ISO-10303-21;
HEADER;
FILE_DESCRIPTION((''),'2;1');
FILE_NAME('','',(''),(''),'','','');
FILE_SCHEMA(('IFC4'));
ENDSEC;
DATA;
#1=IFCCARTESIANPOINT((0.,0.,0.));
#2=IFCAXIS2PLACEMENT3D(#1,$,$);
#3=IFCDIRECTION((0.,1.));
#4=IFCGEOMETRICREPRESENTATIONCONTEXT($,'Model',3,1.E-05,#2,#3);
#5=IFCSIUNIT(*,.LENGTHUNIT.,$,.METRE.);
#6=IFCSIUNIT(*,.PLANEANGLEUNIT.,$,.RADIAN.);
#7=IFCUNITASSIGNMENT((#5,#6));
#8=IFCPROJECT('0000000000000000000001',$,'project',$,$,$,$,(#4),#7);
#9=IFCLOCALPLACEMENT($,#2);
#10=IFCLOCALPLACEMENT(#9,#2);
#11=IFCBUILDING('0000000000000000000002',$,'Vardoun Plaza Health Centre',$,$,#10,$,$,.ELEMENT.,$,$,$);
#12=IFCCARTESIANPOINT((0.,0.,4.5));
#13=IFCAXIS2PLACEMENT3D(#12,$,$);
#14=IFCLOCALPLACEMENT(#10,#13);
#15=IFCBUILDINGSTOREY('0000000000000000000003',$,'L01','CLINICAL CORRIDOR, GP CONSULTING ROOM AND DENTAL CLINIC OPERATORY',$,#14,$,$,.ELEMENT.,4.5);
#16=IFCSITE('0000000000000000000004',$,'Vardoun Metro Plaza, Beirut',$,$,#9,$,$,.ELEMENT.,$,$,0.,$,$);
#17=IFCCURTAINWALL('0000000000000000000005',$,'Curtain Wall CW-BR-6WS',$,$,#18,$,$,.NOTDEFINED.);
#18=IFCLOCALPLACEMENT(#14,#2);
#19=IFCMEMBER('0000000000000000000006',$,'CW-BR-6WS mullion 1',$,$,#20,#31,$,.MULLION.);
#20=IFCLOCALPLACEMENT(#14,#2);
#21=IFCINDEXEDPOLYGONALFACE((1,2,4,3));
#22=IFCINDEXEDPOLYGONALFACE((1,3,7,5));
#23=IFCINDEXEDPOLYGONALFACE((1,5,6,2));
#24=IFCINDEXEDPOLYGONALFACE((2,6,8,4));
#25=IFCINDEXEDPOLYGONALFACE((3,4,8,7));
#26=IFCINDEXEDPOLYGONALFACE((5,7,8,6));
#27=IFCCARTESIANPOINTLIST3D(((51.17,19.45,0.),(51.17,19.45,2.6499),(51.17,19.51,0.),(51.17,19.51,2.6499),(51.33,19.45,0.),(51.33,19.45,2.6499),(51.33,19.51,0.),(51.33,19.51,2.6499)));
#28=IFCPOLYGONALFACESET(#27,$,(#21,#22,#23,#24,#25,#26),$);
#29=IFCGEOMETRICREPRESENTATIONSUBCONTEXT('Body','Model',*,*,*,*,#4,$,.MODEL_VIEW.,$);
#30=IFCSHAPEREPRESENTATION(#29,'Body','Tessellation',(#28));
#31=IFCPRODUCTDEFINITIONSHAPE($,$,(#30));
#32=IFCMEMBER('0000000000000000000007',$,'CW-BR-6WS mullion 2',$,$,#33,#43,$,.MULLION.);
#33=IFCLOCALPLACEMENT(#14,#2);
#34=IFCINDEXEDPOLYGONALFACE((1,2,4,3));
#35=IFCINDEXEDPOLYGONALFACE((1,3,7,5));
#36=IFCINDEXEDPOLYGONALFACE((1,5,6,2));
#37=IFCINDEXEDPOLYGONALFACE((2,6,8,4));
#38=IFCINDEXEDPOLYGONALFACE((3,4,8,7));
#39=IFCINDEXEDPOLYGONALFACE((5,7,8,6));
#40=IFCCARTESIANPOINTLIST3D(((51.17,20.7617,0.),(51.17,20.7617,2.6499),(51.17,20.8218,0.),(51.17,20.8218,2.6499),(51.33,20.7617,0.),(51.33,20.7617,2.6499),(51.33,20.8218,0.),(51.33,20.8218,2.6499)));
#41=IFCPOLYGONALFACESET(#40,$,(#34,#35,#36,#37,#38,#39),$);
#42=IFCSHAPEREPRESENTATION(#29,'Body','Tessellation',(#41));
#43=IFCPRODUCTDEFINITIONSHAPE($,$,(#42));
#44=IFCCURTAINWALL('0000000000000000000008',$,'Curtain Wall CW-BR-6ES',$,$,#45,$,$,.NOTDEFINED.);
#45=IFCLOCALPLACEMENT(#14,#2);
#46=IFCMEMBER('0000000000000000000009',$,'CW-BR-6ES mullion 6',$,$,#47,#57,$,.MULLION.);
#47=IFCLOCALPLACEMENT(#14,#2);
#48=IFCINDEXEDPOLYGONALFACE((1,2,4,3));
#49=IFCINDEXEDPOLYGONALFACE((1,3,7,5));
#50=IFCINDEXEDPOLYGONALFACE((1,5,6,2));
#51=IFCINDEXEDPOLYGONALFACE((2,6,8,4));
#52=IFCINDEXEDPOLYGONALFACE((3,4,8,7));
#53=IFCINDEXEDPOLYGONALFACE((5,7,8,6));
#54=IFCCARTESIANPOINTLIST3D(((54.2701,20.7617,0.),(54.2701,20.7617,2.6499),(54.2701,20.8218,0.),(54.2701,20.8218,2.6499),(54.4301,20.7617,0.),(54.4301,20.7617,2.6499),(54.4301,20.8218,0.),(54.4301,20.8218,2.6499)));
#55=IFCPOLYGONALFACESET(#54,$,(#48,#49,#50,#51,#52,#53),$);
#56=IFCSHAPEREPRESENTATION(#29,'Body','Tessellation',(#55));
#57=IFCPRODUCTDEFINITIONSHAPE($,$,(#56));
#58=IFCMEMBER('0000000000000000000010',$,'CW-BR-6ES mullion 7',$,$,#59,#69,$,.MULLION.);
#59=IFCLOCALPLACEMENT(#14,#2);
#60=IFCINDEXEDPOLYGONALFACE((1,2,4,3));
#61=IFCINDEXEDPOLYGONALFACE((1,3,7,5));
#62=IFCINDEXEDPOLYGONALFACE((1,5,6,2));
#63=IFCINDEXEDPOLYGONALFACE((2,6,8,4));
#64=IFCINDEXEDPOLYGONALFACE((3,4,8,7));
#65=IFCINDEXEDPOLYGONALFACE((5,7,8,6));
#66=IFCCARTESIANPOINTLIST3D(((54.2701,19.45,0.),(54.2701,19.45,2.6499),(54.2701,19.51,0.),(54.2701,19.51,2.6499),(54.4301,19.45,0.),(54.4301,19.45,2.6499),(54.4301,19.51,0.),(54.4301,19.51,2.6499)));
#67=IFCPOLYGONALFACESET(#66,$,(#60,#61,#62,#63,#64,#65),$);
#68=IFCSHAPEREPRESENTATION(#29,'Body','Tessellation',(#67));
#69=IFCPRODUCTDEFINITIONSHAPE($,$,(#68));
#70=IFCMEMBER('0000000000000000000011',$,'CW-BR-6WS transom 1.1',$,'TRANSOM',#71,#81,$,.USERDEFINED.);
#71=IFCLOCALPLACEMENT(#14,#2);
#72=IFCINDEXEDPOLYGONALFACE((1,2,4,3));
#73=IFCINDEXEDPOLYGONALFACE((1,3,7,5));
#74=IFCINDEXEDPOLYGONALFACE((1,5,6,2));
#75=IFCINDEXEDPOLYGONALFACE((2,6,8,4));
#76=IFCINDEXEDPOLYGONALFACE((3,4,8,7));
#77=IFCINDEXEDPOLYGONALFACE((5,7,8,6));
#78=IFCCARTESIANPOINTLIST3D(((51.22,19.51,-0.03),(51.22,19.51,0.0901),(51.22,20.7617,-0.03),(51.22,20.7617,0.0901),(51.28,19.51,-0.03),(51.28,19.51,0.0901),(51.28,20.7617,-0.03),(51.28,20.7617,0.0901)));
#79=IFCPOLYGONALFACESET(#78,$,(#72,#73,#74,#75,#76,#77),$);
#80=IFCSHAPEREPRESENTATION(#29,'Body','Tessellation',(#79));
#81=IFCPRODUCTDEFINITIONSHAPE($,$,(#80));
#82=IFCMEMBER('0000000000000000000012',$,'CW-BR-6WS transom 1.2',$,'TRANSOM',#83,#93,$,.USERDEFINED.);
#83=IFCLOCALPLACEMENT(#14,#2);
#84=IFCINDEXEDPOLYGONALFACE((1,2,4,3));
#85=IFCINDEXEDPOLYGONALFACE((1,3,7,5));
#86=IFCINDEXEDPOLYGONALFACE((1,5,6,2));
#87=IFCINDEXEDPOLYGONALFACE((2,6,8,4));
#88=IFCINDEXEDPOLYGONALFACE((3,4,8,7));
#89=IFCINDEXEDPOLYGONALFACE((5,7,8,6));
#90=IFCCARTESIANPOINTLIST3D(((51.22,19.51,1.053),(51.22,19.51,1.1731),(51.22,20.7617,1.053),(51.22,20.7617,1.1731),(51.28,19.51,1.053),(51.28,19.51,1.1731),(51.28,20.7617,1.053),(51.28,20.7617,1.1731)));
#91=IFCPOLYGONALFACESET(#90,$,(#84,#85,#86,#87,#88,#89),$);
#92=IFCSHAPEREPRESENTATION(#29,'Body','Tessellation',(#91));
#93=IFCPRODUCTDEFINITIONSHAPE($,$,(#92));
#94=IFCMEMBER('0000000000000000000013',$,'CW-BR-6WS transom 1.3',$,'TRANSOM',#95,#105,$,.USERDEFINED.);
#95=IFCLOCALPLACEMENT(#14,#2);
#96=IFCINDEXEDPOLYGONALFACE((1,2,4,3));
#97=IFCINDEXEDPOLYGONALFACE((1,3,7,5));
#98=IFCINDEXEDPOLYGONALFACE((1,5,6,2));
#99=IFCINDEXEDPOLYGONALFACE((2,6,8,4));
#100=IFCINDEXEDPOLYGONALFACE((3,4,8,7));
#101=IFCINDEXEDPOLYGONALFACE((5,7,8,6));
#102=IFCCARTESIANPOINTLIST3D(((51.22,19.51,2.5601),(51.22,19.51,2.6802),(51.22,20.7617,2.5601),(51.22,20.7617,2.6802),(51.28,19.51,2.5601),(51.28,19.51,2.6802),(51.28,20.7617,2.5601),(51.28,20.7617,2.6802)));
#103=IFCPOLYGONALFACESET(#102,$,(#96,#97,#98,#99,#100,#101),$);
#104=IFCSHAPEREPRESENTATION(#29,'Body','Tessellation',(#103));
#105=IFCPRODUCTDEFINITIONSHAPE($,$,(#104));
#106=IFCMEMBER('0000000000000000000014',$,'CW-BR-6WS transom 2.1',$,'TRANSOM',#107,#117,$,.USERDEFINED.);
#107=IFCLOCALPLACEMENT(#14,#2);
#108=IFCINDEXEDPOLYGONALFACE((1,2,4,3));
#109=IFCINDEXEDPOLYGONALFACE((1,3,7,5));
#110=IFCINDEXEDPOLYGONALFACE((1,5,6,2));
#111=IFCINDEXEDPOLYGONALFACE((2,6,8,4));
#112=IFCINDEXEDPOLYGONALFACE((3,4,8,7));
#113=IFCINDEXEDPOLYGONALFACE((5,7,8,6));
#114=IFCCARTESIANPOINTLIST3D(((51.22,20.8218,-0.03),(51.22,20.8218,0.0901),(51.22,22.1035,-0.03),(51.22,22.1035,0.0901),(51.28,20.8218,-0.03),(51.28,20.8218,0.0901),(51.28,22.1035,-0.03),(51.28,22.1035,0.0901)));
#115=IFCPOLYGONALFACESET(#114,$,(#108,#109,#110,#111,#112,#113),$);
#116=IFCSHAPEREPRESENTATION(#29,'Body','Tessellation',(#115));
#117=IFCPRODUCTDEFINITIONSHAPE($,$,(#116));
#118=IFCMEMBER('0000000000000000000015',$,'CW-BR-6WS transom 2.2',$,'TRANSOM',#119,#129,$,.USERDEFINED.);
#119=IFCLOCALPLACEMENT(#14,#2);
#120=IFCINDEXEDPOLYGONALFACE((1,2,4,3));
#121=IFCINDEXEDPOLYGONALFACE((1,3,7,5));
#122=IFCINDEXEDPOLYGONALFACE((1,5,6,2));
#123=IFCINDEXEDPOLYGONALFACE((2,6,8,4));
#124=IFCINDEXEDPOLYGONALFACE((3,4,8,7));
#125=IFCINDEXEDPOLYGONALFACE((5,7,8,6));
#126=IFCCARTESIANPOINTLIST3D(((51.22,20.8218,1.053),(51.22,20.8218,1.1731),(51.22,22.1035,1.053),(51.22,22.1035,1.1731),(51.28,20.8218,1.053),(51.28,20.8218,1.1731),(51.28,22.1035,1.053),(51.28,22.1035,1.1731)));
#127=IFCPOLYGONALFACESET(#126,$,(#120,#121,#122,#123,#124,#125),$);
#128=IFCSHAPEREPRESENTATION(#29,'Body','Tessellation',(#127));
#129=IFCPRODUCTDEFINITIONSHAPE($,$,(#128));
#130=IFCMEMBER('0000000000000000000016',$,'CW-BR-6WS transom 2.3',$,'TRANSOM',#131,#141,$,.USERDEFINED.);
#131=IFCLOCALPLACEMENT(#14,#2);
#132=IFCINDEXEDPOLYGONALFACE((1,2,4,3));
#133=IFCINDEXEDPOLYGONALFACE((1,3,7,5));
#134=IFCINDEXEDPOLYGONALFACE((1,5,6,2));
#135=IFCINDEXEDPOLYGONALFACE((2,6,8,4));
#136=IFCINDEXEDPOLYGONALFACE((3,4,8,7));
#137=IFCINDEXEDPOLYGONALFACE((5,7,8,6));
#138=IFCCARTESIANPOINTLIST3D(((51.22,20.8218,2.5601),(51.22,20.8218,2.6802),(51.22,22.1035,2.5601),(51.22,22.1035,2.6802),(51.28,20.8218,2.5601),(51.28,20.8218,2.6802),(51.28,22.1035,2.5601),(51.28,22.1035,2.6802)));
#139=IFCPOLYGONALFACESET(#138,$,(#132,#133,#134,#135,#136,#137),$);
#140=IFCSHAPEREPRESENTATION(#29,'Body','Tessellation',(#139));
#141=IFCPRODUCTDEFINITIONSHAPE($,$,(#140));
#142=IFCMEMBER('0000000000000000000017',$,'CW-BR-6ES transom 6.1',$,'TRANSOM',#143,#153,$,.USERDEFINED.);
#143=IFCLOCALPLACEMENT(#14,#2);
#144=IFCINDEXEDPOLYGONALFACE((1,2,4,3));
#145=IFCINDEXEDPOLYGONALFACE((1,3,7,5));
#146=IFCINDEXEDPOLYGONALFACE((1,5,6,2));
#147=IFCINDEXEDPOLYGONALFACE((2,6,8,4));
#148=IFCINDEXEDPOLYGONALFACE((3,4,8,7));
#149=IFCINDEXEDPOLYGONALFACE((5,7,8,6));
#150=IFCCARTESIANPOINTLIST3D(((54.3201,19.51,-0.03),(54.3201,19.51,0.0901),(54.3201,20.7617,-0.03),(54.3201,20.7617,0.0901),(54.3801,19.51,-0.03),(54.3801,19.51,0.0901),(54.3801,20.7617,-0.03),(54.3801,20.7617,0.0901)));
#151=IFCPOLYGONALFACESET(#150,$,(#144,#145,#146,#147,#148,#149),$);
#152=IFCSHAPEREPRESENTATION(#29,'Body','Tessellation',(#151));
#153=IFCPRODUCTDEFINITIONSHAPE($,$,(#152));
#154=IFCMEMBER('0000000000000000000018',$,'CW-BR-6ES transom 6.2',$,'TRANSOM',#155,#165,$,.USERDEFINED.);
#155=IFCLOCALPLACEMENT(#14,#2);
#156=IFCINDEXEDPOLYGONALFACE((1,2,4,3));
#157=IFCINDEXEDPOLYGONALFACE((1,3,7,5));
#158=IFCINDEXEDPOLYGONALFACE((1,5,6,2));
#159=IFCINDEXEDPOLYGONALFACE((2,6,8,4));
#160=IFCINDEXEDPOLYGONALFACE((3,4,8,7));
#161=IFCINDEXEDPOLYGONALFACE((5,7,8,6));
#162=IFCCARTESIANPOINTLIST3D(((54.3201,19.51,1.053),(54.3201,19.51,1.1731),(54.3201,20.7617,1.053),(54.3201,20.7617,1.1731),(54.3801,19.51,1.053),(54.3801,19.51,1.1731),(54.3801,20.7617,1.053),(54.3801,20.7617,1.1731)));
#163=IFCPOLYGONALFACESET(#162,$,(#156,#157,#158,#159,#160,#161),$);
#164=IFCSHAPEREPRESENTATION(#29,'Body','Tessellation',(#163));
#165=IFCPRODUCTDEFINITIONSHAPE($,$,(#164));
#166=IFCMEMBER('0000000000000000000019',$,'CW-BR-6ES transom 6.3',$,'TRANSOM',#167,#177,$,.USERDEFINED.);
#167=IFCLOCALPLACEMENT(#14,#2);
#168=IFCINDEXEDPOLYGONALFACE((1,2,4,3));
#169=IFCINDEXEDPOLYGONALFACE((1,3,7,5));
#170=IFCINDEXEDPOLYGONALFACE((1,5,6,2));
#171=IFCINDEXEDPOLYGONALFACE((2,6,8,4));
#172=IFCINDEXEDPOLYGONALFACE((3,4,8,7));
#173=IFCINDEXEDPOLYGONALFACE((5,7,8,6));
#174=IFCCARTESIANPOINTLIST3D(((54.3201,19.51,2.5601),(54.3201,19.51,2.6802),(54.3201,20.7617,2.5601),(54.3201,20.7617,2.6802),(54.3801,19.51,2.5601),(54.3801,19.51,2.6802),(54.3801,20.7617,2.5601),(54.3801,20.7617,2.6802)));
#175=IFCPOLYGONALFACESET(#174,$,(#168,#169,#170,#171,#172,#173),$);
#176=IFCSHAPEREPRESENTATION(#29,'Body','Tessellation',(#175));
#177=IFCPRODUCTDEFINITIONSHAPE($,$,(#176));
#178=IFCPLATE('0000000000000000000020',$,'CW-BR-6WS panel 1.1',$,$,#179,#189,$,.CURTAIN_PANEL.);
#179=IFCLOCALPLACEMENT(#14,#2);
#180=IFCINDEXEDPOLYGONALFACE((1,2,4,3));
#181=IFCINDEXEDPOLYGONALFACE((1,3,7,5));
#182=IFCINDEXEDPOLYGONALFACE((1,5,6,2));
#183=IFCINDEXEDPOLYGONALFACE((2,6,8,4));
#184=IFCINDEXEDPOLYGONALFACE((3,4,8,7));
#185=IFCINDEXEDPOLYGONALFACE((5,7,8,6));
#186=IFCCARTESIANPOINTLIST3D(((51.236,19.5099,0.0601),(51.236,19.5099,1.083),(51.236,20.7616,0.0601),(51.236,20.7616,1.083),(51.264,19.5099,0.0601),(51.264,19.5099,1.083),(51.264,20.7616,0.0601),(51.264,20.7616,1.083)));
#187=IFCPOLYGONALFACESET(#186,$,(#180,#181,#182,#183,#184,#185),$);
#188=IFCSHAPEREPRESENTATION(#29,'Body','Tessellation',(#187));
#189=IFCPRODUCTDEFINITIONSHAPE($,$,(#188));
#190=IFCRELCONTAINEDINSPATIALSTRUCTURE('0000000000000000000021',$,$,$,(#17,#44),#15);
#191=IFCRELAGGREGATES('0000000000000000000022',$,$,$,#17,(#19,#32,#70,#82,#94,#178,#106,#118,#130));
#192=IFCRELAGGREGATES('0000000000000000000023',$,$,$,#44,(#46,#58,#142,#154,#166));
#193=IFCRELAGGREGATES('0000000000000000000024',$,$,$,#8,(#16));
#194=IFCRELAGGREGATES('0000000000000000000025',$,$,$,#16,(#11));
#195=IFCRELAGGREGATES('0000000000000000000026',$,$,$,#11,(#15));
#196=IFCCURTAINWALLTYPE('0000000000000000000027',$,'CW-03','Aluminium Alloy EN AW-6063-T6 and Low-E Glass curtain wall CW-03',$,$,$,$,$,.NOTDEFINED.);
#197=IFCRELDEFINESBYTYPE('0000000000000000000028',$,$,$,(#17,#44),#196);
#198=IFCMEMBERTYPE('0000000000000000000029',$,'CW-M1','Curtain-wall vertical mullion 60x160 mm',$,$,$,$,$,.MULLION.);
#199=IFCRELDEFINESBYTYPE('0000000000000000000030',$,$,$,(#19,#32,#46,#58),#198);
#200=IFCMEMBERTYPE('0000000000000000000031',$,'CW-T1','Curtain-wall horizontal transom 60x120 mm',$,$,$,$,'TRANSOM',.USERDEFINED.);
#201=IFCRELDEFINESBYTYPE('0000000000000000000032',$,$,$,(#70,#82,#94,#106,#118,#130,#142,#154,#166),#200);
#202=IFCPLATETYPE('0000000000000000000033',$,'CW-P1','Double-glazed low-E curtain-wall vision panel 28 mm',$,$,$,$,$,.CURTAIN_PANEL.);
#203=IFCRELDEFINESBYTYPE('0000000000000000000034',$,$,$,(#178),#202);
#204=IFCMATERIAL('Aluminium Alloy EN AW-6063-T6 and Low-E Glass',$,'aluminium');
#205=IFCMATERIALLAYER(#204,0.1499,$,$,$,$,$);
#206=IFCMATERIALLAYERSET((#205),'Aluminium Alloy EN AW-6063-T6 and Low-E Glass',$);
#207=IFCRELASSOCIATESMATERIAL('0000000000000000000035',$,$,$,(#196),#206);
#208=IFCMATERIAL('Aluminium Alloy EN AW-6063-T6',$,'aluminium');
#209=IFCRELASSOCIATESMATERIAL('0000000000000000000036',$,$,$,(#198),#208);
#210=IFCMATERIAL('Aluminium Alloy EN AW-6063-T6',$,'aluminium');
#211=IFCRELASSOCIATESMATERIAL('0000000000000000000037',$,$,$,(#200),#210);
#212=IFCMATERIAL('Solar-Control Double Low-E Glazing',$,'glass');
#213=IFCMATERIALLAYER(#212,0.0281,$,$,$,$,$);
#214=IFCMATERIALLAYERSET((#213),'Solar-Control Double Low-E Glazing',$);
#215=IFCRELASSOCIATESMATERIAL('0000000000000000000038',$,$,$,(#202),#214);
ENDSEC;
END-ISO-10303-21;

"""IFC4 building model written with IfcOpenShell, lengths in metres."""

from ifc_helpers import new_model, si_unit, direction, frame, origin, origin_2d, place, context, subcontext, project, spatial, rectangle, extrude, material, layer, layer_set, material_profile, profile_set, type_object, element, aggregate, save


model = new_model("IFC4")

# Units and contexts
model_context = context("Model", 3, precision=1e-05, world=origin(), true_north=direction((0.0, 1.0)))
body_context = subcontext(model_context, "Body", "Model", "MODEL_VIEW")
ifc_project = project(units=[si_unit("LENGTHUNIT", "METRE"), si_unit("PLANEANGLEUNIT", "RADIAN")], contexts=[model_context])

# Site, building, storey
site_placement = place(None, origin())
site = spatial("IfcSite", under=ifc_project, at=site_placement, Name="Vardoun Metro Plaza, Beirut", CompositionType="ELEMENT", RefElevation=0.0)
building_placement = place(site_placement, origin())
building = spatial("IfcBuilding", under=site, at=building_placement, Name="Vardoun Plaza Health Centre", CompositionType="ELEMENT")
storey_placement = place(building_placement, frame((0.0, 0.0, 4.5)))
storey = spatial("IfcBuildingStorey", under=building, at=storey_placement, Name="L01", Description="CLINICAL CORRIDOR, GP CONSULTING ROOM AND DENTAL CLINIC OPERATORY", CompositionType="ELEMENT", Elevation=4.5)

# Curtain walls, members
ifc_material_1 = material(Name="Aluminium Alloy EN AW-6063-T6 and Low-E Glass", Category="aluminium")
ifc_layer_1 = layer(ifc_material_1, 0.1499)
ifc_layer_set_1 = layer_set([ifc_layer_1], Name="Aluminium Alloy EN AW-6063-T6 and Low-E Glass")
curtain_wall_type = type_object("IfcCurtainWallType", Name="CW-03", Description="Aluminium Alloy EN AW-6063-T6 and Low-E Glass curtain wall CW-03", PredefinedType="NOTDEFINED", material=ifc_layer_set_1)
curtain_wall_1_placement = place(storey_placement, origin())
curtain_wall_1 = element("IfcCurtainWall", 1, at=curtain_wall_1_placement, inside=storey, type_object=curtain_wall_type, Name="Curtain Wall CW-BR-6WS", PredefinedType="NOTDEFINED")
ifc_material_2 = material(Name="Aluminium Alloy EN AW-6063-T6", Category="aluminium")
ifc_material_profile_1 = material_profile(ifc_material_2, rectangle(XDim=0.1599, YDim=0.0601, at=origin_2d()), Name="CWM 60x160")
ifc_profile_set_1 = profile_set([ifc_material_profile_1], Name="Aluminium Alloy EN AW-6063-T6")
member_type_1 = type_object("IfcMemberType", Name="CW-M1", Description="Curtain-wall vertical mullion 60x160 mm", PredefinedType="MULLION", material=ifc_profile_set_1)
member_1_placement = place(storey_placement, frame((51.25, 19.48, 0.0), z_axis=(0.0, 0.0, 1.0), x_axis=(-1.0, 0.0, 0.0)))
member_1 = element("IfcMember", 2, at=member_1_placement, type_object=member_type_1, Name="CW-BR-6WS mullion 1", PredefinedType="MULLION", context=body_context, shape_type="SweptSolid", body=[
    extrude(rectangle(XDim=0.1599, YDim=0.0601, at=origin_2d()), origin(), (0.0, 0.0, 1.0), 2.6499),
])
member_2_placement = place(storey_placement, frame((51.25, 20.7917, 0.0), z_axis=(0.0, 0.0, 1.0), x_axis=(-1.0, 0.0, 0.0)))
member_2 = element("IfcMember", 3, at=member_2_placement, type_object=member_type_1, Name="CW-BR-6WS mullion 2", PredefinedType="MULLION", context=body_context, shape_type="SweptSolid", body=[
    extrude(rectangle(XDim=0.1599, YDim=0.0601, at=origin_2d()), origin(), (0.0, 0.0, 1.0), 2.6499),
])
curtain_wall_2_placement = place(storey_placement, origin())
curtain_wall_2 = element("IfcCurtainWall", 4, at=curtain_wall_2_placement, inside=storey, type_object=curtain_wall_type, Name="Curtain Wall CW-BR-6ES", PredefinedType="NOTDEFINED")
member_3_placement = place(storey_placement, frame((54.3501, 20.7917, 0.0), z_axis=(0.0, 0.0, 1.0), x_axis=(1.0, 0.0, 0.0)))
member_3 = element("IfcMember", 5, at=member_3_placement, type_object=member_type_1, Name="CW-BR-6ES mullion 6", PredefinedType="MULLION", context=body_context, shape_type="SweptSolid", body=[
    extrude(rectangle(XDim=0.1599, YDim=0.0601, at=origin_2d()), origin(), (0.0, 0.0, 1.0), 2.6499),
])
member_4_placement = place(storey_placement, frame((54.3501, 19.48, 0.0), z_axis=(0.0, 0.0, 1.0), x_axis=(1.0, 0.0, 0.0)))
member_4 = element("IfcMember", 6, at=member_4_placement, type_object=member_type_1, Name="CW-BR-6ES mullion 7", PredefinedType="MULLION", context=body_context, shape_type="SweptSolid", body=[
    extrude(rectangle(XDim=0.1599, YDim=0.0601, at=origin_2d()), origin(), (0.0, 0.0, 1.0), 2.6499),
])

# Members
ifc_material_3 = material(Name="Aluminium Alloy EN AW-6063-T6", Category="aluminium")
ifc_material_profile_2 = material_profile(ifc_material_3, rectangle(XDim=0.0601, YDim=0.1201, at=origin_2d()), Name="CWT 60x120")
ifc_profile_set_2 = profile_set([ifc_material_profile_2], Name="Aluminium Alloy EN AW-6063-T6")
member_type_2 = type_object("IfcMemberType", Name="CW-T1", Description="Curtain-wall horizontal transom 60x120 mm", ElementType="TRANSOM", PredefinedType="USERDEFINED", material=ifc_profile_set_2)
member_5_placement = place(storey_placement, frame((51.25, 19.51, 0.03), z_axis=(0.0, 1.0, 0.0), x_axis=(-1.0, 0.0, 0.0)))
member_5 = element("IfcMember", 7, at=member_5_placement, type_object=member_type_2, Name="CW-BR-6WS transom 1.1", ObjectType="TRANSOM", PredefinedType="USERDEFINED", context=body_context, shape_type="SweptSolid", body=[
    extrude(rectangle(XDim=0.0601, YDim=0.1201, at=origin_2d()), origin(), (0.0, 0.0, 1.0), 1.2517),
])
member_6_placement = place(storey_placement, frame((51.25, 19.51, 1.113), z_axis=(0.0, 1.0, 0.0), x_axis=(-1.0, 0.0, 0.0)))
member_6 = element("IfcMember", 8, at=member_6_placement, type_object=member_type_2, Name="CW-BR-6WS transom 1.2", ObjectType="TRANSOM", PredefinedType="USERDEFINED", context=body_context, shape_type="SweptSolid", body=[
    extrude(rectangle(XDim=0.0601, YDim=0.1201, at=origin_2d()), origin(), (0.0, 0.0, 1.0), 1.2517),
])
member_7_placement = place(storey_placement, frame((51.25, 19.51, 2.6201), z_axis=(0.0, 1.0, 0.0), x_axis=(-1.0, 0.0, 0.0)))
member_7 = element("IfcMember", 9, at=member_7_placement, type_object=member_type_2, Name="CW-BR-6WS transom 1.3", ObjectType="TRANSOM", PredefinedType="USERDEFINED", context=body_context, shape_type="SweptSolid", body=[
    extrude(rectangle(XDim=0.0601, YDim=0.1201, at=origin_2d()), origin(), (0.0, 0.0, 1.0), 1.2517),
])
member_8_placement = place(storey_placement, frame((51.25, 20.8218, 0.03), z_axis=(0.0, 1.0, 0.0), x_axis=(-1.0, 0.0, 0.0)))
member_8 = element("IfcMember", 10, at=member_8_placement, type_object=member_type_2, Name="CW-BR-6WS transom 2.1", ObjectType="TRANSOM", PredefinedType="USERDEFINED", context=body_context, shape_type="SweptSolid", body=[
    extrude(rectangle(XDim=0.0601, YDim=0.1201, at=origin_2d()), origin(), (0.0, 0.0, 1.0), 1.2817),
])
member_9_placement = place(storey_placement, frame((51.25, 20.8218, 1.113), z_axis=(0.0, 1.0, 0.0), x_axis=(-1.0, 0.0, 0.0)))
member_9 = element("IfcMember", 11, at=member_9_placement, type_object=member_type_2, Name="CW-BR-6WS transom 2.2", ObjectType="TRANSOM", PredefinedType="USERDEFINED", context=body_context, shape_type="SweptSolid", body=[
    extrude(rectangle(XDim=0.0601, YDim=0.1201, at=origin_2d()), origin(), (0.0, 0.0, 1.0), 1.2817),
])
member_10_placement = place(storey_placement, frame((51.25, 20.8218, 2.6201), z_axis=(0.0, 1.0, 0.0), x_axis=(-1.0, 0.0, 0.0)))
member_10 = element("IfcMember", 12, at=member_10_placement, type_object=member_type_2, Name="CW-BR-6WS transom 2.3", ObjectType="TRANSOM", PredefinedType="USERDEFINED", context=body_context, shape_type="SweptSolid", body=[
    extrude(rectangle(XDim=0.0601, YDim=0.1201, at=origin_2d()), origin(), (0.0, 0.0, 1.0), 1.2817),
])
member_11_placement = place(storey_placement, frame((54.3501, 20.7617, 0.03), z_axis=(0.0, -1.0, 0.0), x_axis=(1.0, 0.0, 0.0)))
member_11 = element("IfcMember", 13, at=member_11_placement, type_object=member_type_2, Name="CW-BR-6ES transom 6.1", ObjectType="TRANSOM", PredefinedType="USERDEFINED", context=body_context, shape_type="SweptSolid", body=[
    extrude(rectangle(XDim=0.0601, YDim=0.1201, at=origin_2d()), origin(), (0.0, 0.0, 1.0), 1.2517),
])
member_12_placement = place(storey_placement, frame((54.3501, 20.7617, 1.113), z_axis=(0.0, -1.0, 0.0), x_axis=(1.0, 0.0, 0.0)))
member_12 = element("IfcMember", 14, at=member_12_placement, type_object=member_type_2, Name="CW-BR-6ES transom 6.2", ObjectType="TRANSOM", PredefinedType="USERDEFINED", context=body_context, shape_type="SweptSolid", body=[
    extrude(rectangle(XDim=0.0601, YDim=0.1201, at=origin_2d()), origin(), (0.0, 0.0, 1.0), 1.2517),
])
member_13_placement = place(storey_placement, frame((54.3501, 20.7617, 2.6201), z_axis=(0.0, -1.0, 0.0), x_axis=(1.0, 0.0, 0.0)))
member_13 = element("IfcMember", 15, at=member_13_placement, type_object=member_type_2, Name="CW-BR-6ES transom 6.3", ObjectType="TRANSOM", PredefinedType="USERDEFINED", context=body_context, shape_type="SweptSolid", body=[
    extrude(rectangle(XDim=0.0601, YDim=0.1201, at=origin_2d()), origin(), (0.0, 0.0, 1.0), 1.2517),
])

# Plate
ifc_material_4 = material(Name="Solar-Control Double Low-E Glazing", Category="glass")
ifc_layer_2 = layer(ifc_material_4, 0.0281)
ifc_layer_set_2 = layer_set([ifc_layer_2], Name="Solar-Control Double Low-E Glazing")
plate_type = type_object("IfcPlateType", Name="CW-P1", Description="Double-glazed low-E curtain-wall vision panel 28 mm", PredefinedType="CURTAIN_PANEL", material=ifc_layer_set_2)
plate_1_placement = place(storey_placement, frame((51.25, 20.1357, 0.0601), z_axis=(0.0, 0.0, 1.0), x_axis=(0.0, 1.0, 0.0)))
plate_1 = element("IfcPlate", 16, at=plate_1_placement, type_object=plate_type, Name="CW-BR-6WS panel 1.1", PredefinedType="CURTAIN_PANEL", context=body_context, shape_type="SweptSolid", body=[
    extrude(rectangle(XDim=1.2517, YDim=0.0281, at=origin_2d()), origin(), (0.0, 0.0, 1.0), 1.0229),
])
aggregate(curtain_wall_1, [member_1, member_2, member_5, member_6, member_7, plate_1, member_8, member_9, member_10])
aggregate(curtain_wall_2, [member_3, member_4, member_11, member_12, member_13])

save(model, "model.ifc")
